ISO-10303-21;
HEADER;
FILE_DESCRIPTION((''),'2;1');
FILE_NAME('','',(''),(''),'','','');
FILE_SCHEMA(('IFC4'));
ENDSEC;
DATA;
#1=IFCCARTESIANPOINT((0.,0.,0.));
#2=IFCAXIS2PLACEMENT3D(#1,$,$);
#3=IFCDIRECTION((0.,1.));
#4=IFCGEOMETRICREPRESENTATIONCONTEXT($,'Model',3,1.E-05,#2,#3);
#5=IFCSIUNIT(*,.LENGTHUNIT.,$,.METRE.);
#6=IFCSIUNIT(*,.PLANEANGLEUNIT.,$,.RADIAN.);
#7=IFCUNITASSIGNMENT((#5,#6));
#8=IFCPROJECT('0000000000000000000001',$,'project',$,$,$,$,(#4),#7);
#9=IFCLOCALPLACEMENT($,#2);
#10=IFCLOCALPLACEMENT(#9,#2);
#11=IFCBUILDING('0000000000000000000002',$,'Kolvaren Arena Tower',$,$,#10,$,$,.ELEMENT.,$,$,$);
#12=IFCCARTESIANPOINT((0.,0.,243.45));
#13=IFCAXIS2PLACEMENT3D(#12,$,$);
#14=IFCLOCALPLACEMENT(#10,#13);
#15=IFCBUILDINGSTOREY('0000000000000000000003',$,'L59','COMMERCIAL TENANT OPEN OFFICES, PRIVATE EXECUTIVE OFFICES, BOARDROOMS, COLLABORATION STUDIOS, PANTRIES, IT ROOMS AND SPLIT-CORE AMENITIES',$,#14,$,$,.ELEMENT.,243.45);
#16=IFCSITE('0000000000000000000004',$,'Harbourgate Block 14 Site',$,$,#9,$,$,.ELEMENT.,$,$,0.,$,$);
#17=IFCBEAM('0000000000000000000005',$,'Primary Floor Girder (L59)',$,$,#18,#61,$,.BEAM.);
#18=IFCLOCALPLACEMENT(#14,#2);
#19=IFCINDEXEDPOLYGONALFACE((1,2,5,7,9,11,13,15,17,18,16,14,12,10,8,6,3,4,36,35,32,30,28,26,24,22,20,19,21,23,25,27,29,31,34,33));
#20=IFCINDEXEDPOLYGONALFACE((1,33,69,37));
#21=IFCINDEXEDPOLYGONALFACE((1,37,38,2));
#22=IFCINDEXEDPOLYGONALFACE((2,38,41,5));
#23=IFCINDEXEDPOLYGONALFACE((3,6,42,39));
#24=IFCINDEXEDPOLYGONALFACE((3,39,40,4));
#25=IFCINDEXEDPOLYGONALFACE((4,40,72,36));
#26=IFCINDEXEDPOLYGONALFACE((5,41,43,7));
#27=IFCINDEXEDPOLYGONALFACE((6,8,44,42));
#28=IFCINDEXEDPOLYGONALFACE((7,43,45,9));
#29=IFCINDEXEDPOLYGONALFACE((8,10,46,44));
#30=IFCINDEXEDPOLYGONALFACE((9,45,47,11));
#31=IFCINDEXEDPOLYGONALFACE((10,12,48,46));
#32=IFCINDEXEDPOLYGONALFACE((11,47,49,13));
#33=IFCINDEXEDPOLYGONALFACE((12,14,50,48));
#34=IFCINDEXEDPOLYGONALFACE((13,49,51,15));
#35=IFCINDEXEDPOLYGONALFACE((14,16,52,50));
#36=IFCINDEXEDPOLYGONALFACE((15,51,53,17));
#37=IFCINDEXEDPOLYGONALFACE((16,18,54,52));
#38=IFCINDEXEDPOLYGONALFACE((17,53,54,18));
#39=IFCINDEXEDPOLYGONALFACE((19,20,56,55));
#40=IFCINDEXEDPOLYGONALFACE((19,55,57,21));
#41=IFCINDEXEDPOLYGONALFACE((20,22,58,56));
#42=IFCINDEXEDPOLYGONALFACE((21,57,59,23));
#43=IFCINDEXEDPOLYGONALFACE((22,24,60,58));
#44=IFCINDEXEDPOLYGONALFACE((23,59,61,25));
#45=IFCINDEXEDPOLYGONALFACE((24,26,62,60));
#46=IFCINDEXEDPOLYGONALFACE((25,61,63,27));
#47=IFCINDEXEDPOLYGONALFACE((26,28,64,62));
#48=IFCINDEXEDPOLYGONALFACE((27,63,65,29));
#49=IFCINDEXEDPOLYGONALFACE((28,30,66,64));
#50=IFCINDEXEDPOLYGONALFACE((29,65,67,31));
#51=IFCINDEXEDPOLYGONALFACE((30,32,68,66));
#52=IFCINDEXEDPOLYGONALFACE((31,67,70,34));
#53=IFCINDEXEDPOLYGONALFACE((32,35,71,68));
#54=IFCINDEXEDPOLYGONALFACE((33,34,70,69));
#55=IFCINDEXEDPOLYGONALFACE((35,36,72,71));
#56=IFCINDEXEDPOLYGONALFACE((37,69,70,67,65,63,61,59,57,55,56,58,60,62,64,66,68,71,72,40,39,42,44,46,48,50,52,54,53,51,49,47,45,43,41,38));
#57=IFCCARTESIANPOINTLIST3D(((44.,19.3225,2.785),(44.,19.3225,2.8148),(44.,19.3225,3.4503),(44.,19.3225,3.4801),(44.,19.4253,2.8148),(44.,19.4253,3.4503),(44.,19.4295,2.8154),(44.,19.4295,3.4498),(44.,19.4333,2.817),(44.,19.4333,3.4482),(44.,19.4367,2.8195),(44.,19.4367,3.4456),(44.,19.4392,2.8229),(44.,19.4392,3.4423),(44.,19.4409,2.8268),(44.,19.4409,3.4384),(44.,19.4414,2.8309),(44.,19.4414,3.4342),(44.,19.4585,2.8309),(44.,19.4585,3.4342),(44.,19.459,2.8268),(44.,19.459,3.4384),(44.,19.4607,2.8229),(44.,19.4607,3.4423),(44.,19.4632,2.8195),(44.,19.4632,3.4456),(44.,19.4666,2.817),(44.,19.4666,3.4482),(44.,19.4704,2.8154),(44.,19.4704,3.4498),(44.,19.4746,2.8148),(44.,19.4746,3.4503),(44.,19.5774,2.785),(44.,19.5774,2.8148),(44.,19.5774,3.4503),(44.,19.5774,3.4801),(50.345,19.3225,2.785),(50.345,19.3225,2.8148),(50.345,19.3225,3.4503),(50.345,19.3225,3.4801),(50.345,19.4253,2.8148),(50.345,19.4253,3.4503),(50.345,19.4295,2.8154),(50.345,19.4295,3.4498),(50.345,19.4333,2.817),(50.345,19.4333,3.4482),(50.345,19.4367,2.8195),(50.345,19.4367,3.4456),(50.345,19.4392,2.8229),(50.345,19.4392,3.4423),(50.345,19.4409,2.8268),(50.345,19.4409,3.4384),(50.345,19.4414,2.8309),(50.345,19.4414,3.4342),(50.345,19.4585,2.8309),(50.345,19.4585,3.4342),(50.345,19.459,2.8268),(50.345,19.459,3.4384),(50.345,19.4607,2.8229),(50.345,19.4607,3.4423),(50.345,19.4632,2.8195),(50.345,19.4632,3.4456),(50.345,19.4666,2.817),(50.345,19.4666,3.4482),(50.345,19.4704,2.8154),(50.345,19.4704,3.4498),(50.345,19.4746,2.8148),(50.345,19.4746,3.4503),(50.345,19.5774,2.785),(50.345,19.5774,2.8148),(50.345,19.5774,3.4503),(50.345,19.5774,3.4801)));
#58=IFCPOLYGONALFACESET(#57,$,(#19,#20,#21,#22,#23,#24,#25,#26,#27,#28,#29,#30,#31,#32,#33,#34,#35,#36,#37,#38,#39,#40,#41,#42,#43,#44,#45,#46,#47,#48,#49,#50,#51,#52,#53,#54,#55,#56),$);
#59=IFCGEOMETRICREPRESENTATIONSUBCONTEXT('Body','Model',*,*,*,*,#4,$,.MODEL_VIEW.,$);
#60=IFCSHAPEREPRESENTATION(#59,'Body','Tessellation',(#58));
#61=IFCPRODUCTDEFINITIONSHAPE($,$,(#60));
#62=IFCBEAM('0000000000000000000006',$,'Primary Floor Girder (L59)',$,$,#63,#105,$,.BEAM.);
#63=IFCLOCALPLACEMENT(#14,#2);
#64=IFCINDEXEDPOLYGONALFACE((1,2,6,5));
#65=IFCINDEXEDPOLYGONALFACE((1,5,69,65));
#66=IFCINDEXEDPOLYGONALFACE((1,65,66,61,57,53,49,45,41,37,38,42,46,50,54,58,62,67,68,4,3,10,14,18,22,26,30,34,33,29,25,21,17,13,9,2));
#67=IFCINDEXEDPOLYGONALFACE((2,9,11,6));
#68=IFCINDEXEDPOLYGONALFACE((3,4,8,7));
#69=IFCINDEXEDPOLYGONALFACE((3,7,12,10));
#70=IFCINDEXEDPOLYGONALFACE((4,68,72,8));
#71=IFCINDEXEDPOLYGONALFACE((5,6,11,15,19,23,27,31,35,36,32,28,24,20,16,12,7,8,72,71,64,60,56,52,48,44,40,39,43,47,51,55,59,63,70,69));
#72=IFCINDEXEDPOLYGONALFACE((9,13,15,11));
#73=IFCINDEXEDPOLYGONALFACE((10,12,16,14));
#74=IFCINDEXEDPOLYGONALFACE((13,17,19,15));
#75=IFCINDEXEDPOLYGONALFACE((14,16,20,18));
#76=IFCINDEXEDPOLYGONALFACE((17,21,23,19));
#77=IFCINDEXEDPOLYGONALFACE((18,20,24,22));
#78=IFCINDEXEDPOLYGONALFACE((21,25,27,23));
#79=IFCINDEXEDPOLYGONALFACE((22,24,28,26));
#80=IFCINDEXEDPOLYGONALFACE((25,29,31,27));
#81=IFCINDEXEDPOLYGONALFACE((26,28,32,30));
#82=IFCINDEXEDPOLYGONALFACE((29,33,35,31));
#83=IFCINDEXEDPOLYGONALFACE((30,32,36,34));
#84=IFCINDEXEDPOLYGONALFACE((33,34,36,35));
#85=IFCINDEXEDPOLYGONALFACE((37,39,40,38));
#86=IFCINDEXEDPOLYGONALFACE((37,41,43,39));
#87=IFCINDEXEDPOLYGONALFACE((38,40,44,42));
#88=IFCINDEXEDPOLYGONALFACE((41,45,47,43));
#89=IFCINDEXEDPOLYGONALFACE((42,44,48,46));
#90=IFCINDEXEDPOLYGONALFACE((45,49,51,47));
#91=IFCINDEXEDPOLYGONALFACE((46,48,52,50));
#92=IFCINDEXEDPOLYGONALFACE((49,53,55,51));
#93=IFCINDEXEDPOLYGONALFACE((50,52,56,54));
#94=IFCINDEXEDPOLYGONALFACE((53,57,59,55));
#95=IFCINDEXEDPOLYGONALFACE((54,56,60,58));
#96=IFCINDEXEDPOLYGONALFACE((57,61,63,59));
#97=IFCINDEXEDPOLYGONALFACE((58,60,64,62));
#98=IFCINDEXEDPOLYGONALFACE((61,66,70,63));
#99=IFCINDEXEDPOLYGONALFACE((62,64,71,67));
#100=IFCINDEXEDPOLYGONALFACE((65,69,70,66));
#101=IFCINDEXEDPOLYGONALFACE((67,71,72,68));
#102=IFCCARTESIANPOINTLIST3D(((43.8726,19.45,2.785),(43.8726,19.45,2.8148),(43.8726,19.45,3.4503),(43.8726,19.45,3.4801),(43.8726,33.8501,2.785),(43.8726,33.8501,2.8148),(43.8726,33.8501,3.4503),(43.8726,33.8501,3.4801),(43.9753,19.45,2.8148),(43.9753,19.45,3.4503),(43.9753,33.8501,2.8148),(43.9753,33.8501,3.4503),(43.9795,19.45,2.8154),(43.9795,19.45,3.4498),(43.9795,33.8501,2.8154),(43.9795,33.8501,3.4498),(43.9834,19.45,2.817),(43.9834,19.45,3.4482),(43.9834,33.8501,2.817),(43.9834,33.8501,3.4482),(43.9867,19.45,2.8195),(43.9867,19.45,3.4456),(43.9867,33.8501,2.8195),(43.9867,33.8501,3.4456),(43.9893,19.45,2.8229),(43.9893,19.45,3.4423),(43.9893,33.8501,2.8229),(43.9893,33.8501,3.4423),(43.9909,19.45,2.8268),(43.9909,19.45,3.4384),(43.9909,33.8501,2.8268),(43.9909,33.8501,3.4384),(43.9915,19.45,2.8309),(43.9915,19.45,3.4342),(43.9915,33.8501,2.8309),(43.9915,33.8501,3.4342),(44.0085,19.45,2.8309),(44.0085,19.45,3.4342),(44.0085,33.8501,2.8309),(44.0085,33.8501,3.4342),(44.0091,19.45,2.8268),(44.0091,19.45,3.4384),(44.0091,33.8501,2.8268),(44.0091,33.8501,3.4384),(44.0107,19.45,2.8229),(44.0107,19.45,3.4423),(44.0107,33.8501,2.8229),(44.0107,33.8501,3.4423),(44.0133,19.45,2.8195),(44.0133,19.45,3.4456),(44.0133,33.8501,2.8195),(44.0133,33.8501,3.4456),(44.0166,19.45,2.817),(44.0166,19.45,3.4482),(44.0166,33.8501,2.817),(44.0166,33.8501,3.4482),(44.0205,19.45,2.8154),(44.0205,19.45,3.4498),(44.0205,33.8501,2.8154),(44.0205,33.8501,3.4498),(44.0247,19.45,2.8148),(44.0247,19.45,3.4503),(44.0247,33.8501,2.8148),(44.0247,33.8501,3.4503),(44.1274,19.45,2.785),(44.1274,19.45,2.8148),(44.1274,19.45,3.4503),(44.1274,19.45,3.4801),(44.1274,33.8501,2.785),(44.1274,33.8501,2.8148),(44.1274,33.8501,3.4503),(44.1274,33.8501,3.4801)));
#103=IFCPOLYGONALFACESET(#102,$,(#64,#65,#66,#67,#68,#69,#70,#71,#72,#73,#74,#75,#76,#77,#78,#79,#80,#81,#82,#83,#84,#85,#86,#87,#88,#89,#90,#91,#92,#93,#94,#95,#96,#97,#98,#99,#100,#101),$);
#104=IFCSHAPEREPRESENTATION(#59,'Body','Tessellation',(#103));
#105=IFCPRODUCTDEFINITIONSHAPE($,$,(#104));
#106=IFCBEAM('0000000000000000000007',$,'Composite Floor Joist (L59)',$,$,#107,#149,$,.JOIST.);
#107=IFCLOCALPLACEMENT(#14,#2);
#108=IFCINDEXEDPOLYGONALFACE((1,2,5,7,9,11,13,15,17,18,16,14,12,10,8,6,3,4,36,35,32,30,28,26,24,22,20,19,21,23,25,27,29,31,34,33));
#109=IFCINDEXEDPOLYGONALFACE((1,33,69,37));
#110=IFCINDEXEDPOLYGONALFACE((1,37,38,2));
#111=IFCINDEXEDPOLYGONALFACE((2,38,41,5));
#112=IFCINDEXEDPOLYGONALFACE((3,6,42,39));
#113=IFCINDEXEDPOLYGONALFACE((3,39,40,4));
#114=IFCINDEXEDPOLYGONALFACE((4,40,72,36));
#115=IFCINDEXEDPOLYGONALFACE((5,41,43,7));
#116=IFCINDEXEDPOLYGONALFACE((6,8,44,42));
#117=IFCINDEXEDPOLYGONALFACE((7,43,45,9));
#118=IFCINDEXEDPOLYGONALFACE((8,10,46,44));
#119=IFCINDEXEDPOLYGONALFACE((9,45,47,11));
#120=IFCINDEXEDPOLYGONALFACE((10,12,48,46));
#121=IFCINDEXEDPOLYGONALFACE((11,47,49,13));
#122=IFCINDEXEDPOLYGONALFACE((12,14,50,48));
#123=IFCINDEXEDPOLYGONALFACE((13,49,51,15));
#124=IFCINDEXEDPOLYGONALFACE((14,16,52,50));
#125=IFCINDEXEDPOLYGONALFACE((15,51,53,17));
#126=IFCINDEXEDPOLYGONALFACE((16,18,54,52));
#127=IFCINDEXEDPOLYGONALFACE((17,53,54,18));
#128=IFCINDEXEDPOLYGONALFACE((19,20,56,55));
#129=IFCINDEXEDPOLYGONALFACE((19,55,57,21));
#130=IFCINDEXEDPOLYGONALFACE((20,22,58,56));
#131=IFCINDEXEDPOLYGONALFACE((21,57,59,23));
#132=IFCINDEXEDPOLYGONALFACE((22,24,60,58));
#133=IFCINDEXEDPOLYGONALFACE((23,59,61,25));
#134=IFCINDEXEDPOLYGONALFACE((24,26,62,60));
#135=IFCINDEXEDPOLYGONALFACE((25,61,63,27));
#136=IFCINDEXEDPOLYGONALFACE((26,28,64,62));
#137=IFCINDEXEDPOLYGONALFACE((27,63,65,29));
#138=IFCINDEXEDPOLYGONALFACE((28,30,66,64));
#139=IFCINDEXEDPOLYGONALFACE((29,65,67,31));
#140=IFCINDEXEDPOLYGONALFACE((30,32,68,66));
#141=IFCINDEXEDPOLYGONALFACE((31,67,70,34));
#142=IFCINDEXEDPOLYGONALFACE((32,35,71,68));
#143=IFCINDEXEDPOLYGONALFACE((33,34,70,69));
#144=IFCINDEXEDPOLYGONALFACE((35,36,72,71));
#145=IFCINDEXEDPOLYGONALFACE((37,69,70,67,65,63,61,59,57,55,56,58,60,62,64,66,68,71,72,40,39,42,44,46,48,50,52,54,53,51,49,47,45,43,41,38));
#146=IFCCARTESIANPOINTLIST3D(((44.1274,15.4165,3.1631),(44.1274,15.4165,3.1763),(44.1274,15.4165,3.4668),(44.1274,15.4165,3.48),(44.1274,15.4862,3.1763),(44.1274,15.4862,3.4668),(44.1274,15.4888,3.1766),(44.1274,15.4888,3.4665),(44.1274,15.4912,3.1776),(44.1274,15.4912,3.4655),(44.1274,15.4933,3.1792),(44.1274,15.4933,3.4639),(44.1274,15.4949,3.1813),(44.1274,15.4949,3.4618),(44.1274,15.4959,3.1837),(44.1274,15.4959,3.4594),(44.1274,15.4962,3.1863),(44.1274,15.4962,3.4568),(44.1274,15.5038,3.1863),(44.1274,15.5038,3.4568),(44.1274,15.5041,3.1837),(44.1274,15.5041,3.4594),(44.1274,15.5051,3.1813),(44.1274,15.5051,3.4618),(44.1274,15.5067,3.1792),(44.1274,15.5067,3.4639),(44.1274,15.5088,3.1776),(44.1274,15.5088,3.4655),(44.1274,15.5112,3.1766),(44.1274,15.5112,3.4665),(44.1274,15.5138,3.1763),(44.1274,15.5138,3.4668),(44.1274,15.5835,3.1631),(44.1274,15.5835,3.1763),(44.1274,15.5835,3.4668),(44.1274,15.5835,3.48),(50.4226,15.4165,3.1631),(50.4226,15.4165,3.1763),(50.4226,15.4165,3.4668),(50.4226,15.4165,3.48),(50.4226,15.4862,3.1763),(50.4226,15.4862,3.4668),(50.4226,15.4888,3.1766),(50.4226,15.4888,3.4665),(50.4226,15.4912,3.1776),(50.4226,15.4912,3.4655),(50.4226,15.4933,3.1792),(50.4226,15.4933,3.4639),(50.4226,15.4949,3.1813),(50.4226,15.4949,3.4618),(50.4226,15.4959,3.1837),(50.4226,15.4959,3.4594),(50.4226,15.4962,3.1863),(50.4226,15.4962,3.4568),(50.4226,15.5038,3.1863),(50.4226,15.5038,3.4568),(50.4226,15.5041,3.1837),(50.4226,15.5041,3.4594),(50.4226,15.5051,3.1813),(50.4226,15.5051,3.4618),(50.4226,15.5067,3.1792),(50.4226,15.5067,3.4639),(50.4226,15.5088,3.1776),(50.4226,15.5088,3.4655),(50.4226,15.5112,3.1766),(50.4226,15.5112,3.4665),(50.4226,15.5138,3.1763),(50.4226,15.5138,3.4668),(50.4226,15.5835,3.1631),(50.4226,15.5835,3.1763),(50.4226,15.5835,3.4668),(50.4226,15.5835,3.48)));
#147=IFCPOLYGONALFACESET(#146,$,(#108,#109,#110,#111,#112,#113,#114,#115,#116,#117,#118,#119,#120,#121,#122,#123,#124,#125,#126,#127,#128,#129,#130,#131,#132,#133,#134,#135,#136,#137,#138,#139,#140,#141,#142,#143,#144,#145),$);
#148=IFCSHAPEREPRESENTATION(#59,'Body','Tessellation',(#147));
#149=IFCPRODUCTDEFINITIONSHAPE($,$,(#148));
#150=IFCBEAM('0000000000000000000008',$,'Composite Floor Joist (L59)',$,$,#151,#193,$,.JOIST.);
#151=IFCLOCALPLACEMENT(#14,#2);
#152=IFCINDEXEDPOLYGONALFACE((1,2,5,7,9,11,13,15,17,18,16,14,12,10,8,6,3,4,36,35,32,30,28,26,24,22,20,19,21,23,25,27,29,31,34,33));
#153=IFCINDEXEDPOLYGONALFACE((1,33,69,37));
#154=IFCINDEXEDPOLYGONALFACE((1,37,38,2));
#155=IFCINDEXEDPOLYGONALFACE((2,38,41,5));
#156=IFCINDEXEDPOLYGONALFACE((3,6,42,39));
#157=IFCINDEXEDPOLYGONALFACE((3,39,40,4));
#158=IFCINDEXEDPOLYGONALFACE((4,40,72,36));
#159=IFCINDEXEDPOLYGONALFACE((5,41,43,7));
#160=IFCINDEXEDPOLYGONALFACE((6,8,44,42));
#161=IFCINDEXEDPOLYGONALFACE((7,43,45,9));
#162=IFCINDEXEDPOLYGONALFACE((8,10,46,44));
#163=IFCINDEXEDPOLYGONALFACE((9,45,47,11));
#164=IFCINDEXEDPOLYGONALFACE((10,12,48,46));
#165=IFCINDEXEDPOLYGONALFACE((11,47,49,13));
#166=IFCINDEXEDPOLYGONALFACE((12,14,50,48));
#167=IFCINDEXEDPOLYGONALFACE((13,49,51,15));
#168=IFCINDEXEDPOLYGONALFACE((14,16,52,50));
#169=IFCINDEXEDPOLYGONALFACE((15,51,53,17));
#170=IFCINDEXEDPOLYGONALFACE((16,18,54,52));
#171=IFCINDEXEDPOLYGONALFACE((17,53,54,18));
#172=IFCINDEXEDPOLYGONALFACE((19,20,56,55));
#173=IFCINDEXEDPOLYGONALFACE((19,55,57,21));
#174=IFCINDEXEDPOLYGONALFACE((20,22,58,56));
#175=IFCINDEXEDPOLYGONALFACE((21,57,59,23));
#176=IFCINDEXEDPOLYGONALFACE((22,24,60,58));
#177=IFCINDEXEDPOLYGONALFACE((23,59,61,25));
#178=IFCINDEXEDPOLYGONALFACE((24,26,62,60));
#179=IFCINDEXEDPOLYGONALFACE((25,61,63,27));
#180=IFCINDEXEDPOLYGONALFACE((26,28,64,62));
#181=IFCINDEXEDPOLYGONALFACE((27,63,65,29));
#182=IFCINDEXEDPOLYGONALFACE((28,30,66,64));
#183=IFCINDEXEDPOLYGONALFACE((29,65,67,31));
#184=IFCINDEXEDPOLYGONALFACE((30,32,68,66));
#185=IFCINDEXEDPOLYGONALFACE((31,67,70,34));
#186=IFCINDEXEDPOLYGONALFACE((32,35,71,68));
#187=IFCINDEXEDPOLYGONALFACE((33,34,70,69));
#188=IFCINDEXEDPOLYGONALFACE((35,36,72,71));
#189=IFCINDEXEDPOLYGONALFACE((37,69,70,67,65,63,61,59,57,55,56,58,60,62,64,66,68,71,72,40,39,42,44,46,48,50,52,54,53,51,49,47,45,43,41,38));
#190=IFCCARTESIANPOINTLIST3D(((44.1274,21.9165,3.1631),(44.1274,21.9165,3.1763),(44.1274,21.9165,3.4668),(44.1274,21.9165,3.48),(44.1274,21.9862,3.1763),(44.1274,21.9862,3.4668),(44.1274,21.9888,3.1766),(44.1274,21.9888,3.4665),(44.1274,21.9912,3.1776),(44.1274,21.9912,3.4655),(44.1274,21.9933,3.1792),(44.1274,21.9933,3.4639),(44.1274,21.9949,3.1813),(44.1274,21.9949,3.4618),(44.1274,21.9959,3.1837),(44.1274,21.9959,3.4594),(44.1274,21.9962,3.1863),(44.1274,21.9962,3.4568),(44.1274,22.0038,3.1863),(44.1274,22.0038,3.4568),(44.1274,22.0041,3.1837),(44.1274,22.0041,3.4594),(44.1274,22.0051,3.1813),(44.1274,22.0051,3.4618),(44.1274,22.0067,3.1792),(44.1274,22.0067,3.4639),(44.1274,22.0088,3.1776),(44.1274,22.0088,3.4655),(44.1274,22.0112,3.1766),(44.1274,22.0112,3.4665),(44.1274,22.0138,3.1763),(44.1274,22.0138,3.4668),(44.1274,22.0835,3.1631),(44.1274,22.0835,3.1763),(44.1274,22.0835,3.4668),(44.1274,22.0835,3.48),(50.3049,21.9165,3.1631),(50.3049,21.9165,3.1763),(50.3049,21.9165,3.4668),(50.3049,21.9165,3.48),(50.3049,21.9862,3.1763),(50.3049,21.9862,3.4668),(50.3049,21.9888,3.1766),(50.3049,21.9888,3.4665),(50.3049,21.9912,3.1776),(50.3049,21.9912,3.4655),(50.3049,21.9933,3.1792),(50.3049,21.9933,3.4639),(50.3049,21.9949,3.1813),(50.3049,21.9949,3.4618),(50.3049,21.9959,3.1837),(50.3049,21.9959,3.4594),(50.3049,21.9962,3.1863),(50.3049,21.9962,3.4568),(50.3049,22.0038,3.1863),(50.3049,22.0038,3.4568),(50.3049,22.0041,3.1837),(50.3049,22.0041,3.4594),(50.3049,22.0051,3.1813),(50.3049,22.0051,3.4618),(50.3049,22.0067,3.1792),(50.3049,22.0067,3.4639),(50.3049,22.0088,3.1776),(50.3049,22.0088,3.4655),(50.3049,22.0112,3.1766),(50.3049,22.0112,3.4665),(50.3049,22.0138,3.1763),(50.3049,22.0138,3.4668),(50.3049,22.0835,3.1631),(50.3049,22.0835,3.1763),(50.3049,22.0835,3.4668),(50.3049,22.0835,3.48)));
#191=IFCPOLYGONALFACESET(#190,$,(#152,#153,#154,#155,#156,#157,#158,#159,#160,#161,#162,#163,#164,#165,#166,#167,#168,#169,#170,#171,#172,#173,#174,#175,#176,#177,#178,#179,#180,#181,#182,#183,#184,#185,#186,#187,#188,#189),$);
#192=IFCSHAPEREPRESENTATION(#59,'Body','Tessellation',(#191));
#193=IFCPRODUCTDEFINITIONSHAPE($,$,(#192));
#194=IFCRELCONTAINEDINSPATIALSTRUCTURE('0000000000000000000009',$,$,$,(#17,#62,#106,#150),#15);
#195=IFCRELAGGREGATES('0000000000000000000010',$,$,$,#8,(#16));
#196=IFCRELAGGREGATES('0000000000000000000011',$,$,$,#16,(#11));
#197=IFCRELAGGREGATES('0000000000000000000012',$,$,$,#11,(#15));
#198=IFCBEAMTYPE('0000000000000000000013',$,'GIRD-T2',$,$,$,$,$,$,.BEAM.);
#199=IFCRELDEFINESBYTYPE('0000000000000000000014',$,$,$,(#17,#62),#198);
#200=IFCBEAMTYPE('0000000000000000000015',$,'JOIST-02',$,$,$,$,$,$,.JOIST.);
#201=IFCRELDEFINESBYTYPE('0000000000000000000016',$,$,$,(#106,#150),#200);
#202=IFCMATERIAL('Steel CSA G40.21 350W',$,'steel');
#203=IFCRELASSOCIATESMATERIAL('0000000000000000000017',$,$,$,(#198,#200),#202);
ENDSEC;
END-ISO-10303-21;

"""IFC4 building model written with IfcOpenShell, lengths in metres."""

from ifc_helpers import new_model, si_unit, direction, frame, origin, origin_2d, place, context, subcontext, project, spatial, i_section, extrude, material, material_profile, profile_set, type_object, element, save


model = new_model("IFC4")

# Units and contexts
model_context = context("Model", 3, precision=1e-05, world=origin(), true_north=direction((0.0, 1.0)))
body_context = subcontext(model_context, "Body", "Model", "MODEL_VIEW")
ifc_project = project(units=[si_unit("LENGTHUNIT", "METRE"), si_unit("PLANEANGLEUNIT", "RADIAN")], contexts=[model_context])

# Site, building, storey
site_placement = place(None, origin())
site = spatial("IfcSite", under=ifc_project, at=site_placement, Name="Harbourgate Block 14 Site", CompositionType="ELEMENT", RefElevation=0.0)
building_placement = place(site_placement, origin())
building = spatial("IfcBuilding", under=site, at=building_placement, Name="Kolvaren Arena Tower", CompositionType="ELEMENT")
storey_placement = place(building_placement, frame((0.0, 0.0, 243.45)))
storey = spatial("IfcBuildingStorey", under=building, at=storey_placement, Name="L59", Description="COMMERCIAL TENANT OPEN OFFICES, PRIVATE EXECUTIVE OFFICES, BOARDROOMS, COLLABORATION STUDIOS, PANTRIES, IT ROOMS AND SPLIT-CORE AMENITIES", CompositionType="ELEMENT", Elevation=243.45)

# Beams
ifc_material_1 = material(Name="Steel CSA G40.21 350W", Category="steel")
ifc_material_profile_1 = material_profile(ifc_material_1, i_section(OverallWidth=0.2549, OverallDepth=0.6951, WebThickness=0.0171, FlangeThickness=0.0298, FilletRadius=0.0161, at=origin_2d()), Name="W690x217")
ifc_profile_set_1 = profile_set([ifc_material_profile_1], Name="Steel CSA G40.21 350W")
beam_type_1 = type_object("IfcBeamType", Name="GIRD-T2", PredefinedType="BEAM", material=ifc_profile_set_1)
beam_1_placement = place(storey_placement, frame((44.0, 19.45, 3.1326), z_axis=(1.0, 0.0, 0.0), x_axis=(0.0, 1.0, 0.0)))
element("IfcBeam", 1, at=beam_1_placement, inside=storey, type_object=beam_type_1, Name="Primary Floor Girder (L59)", PredefinedType="BEAM", context=body_context, shape_type="SweptSolid", body=[
    extrude(i_section(OverallWidth=0.2549, OverallDepth=0.6951, WebThickness=0.0171, FlangeThickness=0.0298, FilletRadius=0.0161, at=origin_2d()), origin(), (0.0, 0.0, 1.0), 6.345),
])
beam_2_placement = place(storey_placement, frame((44.0, 19.45, 3.1326), z_axis=(0.0, 1.0, 0.0), x_axis=(-1.0, 0.0, 0.0)))
element("IfcBeam", 2, at=beam_2_placement, inside=storey, type_object=beam_type_1, Name="Primary Floor Girder (L59)", PredefinedType="BEAM", context=body_context, shape_type="SweptSolid", body=[
    extrude(i_section(OverallWidth=0.2549, OverallDepth=0.6951, WebThickness=0.0171, FlangeThickness=0.0298, FilletRadius=0.0161, at=origin_2d()), origin(), (0.0, 0.0, 1.0), 14.4001),
])
ifc_material_profile_2 = material_profile(ifc_material_1, i_section(OverallWidth=0.167, OverallDepth=0.3169, WebThickness=0.0076, FlangeThickness=0.0132, FilletRadius=0.01, at=origin_2d()), Name="W310x52")
ifc_profile_set_2 = profile_set([ifc_material_profile_2], Name="Steel CSA G40.21 350W")
beam_type_2 = type_object("IfcBeamType", Name="JOIST-02", PredefinedType="JOIST", material=ifc_profile_set_2)
beam_3_placement = place(storey_placement, frame((44.1274, 15.5, 3.3215), z_axis=(1.0, 0.0, 0.0), x_axis=(0.0, 1.0, 0.0)))
element("IfcBeam", 3, at=beam_3_placement, inside=storey, type_object=beam_type_2, Name="Composite Floor Joist (L59)", PredefinedType="JOIST", context=body_context, shape_type="SweptSolid", body=[
    extrude(i_section(OverallWidth=0.167, OverallDepth=0.3169, WebThickness=0.0076, FlangeThickness=0.0132, FilletRadius=0.01, at=origin_2d()), origin(), (0.0, 0.0, 1.0), 6.2952),
])
beam_4_placement = place(storey_placement, frame((44.1274, 22.0, 3.3215), z_axis=(1.0, 0.0, 0.0), x_axis=(0.0, 1.0, 0.0)))
element("IfcBeam", 4, at=beam_4_placement, inside=storey, type_object=beam_type_2, Name="Composite Floor Joist (L59)", PredefinedType="JOIST", context=body_context, shape_type="SweptSolid", body=[
    extrude(i_section(OverallWidth=0.167, OverallDepth=0.3169, WebThickness=0.0076, FlangeThickness=0.0132, FilletRadius=0.01, at=origin_2d()), origin(), (0.0, 0.0, 1.0), 6.1775),
])

save(model, "model.ifc")
